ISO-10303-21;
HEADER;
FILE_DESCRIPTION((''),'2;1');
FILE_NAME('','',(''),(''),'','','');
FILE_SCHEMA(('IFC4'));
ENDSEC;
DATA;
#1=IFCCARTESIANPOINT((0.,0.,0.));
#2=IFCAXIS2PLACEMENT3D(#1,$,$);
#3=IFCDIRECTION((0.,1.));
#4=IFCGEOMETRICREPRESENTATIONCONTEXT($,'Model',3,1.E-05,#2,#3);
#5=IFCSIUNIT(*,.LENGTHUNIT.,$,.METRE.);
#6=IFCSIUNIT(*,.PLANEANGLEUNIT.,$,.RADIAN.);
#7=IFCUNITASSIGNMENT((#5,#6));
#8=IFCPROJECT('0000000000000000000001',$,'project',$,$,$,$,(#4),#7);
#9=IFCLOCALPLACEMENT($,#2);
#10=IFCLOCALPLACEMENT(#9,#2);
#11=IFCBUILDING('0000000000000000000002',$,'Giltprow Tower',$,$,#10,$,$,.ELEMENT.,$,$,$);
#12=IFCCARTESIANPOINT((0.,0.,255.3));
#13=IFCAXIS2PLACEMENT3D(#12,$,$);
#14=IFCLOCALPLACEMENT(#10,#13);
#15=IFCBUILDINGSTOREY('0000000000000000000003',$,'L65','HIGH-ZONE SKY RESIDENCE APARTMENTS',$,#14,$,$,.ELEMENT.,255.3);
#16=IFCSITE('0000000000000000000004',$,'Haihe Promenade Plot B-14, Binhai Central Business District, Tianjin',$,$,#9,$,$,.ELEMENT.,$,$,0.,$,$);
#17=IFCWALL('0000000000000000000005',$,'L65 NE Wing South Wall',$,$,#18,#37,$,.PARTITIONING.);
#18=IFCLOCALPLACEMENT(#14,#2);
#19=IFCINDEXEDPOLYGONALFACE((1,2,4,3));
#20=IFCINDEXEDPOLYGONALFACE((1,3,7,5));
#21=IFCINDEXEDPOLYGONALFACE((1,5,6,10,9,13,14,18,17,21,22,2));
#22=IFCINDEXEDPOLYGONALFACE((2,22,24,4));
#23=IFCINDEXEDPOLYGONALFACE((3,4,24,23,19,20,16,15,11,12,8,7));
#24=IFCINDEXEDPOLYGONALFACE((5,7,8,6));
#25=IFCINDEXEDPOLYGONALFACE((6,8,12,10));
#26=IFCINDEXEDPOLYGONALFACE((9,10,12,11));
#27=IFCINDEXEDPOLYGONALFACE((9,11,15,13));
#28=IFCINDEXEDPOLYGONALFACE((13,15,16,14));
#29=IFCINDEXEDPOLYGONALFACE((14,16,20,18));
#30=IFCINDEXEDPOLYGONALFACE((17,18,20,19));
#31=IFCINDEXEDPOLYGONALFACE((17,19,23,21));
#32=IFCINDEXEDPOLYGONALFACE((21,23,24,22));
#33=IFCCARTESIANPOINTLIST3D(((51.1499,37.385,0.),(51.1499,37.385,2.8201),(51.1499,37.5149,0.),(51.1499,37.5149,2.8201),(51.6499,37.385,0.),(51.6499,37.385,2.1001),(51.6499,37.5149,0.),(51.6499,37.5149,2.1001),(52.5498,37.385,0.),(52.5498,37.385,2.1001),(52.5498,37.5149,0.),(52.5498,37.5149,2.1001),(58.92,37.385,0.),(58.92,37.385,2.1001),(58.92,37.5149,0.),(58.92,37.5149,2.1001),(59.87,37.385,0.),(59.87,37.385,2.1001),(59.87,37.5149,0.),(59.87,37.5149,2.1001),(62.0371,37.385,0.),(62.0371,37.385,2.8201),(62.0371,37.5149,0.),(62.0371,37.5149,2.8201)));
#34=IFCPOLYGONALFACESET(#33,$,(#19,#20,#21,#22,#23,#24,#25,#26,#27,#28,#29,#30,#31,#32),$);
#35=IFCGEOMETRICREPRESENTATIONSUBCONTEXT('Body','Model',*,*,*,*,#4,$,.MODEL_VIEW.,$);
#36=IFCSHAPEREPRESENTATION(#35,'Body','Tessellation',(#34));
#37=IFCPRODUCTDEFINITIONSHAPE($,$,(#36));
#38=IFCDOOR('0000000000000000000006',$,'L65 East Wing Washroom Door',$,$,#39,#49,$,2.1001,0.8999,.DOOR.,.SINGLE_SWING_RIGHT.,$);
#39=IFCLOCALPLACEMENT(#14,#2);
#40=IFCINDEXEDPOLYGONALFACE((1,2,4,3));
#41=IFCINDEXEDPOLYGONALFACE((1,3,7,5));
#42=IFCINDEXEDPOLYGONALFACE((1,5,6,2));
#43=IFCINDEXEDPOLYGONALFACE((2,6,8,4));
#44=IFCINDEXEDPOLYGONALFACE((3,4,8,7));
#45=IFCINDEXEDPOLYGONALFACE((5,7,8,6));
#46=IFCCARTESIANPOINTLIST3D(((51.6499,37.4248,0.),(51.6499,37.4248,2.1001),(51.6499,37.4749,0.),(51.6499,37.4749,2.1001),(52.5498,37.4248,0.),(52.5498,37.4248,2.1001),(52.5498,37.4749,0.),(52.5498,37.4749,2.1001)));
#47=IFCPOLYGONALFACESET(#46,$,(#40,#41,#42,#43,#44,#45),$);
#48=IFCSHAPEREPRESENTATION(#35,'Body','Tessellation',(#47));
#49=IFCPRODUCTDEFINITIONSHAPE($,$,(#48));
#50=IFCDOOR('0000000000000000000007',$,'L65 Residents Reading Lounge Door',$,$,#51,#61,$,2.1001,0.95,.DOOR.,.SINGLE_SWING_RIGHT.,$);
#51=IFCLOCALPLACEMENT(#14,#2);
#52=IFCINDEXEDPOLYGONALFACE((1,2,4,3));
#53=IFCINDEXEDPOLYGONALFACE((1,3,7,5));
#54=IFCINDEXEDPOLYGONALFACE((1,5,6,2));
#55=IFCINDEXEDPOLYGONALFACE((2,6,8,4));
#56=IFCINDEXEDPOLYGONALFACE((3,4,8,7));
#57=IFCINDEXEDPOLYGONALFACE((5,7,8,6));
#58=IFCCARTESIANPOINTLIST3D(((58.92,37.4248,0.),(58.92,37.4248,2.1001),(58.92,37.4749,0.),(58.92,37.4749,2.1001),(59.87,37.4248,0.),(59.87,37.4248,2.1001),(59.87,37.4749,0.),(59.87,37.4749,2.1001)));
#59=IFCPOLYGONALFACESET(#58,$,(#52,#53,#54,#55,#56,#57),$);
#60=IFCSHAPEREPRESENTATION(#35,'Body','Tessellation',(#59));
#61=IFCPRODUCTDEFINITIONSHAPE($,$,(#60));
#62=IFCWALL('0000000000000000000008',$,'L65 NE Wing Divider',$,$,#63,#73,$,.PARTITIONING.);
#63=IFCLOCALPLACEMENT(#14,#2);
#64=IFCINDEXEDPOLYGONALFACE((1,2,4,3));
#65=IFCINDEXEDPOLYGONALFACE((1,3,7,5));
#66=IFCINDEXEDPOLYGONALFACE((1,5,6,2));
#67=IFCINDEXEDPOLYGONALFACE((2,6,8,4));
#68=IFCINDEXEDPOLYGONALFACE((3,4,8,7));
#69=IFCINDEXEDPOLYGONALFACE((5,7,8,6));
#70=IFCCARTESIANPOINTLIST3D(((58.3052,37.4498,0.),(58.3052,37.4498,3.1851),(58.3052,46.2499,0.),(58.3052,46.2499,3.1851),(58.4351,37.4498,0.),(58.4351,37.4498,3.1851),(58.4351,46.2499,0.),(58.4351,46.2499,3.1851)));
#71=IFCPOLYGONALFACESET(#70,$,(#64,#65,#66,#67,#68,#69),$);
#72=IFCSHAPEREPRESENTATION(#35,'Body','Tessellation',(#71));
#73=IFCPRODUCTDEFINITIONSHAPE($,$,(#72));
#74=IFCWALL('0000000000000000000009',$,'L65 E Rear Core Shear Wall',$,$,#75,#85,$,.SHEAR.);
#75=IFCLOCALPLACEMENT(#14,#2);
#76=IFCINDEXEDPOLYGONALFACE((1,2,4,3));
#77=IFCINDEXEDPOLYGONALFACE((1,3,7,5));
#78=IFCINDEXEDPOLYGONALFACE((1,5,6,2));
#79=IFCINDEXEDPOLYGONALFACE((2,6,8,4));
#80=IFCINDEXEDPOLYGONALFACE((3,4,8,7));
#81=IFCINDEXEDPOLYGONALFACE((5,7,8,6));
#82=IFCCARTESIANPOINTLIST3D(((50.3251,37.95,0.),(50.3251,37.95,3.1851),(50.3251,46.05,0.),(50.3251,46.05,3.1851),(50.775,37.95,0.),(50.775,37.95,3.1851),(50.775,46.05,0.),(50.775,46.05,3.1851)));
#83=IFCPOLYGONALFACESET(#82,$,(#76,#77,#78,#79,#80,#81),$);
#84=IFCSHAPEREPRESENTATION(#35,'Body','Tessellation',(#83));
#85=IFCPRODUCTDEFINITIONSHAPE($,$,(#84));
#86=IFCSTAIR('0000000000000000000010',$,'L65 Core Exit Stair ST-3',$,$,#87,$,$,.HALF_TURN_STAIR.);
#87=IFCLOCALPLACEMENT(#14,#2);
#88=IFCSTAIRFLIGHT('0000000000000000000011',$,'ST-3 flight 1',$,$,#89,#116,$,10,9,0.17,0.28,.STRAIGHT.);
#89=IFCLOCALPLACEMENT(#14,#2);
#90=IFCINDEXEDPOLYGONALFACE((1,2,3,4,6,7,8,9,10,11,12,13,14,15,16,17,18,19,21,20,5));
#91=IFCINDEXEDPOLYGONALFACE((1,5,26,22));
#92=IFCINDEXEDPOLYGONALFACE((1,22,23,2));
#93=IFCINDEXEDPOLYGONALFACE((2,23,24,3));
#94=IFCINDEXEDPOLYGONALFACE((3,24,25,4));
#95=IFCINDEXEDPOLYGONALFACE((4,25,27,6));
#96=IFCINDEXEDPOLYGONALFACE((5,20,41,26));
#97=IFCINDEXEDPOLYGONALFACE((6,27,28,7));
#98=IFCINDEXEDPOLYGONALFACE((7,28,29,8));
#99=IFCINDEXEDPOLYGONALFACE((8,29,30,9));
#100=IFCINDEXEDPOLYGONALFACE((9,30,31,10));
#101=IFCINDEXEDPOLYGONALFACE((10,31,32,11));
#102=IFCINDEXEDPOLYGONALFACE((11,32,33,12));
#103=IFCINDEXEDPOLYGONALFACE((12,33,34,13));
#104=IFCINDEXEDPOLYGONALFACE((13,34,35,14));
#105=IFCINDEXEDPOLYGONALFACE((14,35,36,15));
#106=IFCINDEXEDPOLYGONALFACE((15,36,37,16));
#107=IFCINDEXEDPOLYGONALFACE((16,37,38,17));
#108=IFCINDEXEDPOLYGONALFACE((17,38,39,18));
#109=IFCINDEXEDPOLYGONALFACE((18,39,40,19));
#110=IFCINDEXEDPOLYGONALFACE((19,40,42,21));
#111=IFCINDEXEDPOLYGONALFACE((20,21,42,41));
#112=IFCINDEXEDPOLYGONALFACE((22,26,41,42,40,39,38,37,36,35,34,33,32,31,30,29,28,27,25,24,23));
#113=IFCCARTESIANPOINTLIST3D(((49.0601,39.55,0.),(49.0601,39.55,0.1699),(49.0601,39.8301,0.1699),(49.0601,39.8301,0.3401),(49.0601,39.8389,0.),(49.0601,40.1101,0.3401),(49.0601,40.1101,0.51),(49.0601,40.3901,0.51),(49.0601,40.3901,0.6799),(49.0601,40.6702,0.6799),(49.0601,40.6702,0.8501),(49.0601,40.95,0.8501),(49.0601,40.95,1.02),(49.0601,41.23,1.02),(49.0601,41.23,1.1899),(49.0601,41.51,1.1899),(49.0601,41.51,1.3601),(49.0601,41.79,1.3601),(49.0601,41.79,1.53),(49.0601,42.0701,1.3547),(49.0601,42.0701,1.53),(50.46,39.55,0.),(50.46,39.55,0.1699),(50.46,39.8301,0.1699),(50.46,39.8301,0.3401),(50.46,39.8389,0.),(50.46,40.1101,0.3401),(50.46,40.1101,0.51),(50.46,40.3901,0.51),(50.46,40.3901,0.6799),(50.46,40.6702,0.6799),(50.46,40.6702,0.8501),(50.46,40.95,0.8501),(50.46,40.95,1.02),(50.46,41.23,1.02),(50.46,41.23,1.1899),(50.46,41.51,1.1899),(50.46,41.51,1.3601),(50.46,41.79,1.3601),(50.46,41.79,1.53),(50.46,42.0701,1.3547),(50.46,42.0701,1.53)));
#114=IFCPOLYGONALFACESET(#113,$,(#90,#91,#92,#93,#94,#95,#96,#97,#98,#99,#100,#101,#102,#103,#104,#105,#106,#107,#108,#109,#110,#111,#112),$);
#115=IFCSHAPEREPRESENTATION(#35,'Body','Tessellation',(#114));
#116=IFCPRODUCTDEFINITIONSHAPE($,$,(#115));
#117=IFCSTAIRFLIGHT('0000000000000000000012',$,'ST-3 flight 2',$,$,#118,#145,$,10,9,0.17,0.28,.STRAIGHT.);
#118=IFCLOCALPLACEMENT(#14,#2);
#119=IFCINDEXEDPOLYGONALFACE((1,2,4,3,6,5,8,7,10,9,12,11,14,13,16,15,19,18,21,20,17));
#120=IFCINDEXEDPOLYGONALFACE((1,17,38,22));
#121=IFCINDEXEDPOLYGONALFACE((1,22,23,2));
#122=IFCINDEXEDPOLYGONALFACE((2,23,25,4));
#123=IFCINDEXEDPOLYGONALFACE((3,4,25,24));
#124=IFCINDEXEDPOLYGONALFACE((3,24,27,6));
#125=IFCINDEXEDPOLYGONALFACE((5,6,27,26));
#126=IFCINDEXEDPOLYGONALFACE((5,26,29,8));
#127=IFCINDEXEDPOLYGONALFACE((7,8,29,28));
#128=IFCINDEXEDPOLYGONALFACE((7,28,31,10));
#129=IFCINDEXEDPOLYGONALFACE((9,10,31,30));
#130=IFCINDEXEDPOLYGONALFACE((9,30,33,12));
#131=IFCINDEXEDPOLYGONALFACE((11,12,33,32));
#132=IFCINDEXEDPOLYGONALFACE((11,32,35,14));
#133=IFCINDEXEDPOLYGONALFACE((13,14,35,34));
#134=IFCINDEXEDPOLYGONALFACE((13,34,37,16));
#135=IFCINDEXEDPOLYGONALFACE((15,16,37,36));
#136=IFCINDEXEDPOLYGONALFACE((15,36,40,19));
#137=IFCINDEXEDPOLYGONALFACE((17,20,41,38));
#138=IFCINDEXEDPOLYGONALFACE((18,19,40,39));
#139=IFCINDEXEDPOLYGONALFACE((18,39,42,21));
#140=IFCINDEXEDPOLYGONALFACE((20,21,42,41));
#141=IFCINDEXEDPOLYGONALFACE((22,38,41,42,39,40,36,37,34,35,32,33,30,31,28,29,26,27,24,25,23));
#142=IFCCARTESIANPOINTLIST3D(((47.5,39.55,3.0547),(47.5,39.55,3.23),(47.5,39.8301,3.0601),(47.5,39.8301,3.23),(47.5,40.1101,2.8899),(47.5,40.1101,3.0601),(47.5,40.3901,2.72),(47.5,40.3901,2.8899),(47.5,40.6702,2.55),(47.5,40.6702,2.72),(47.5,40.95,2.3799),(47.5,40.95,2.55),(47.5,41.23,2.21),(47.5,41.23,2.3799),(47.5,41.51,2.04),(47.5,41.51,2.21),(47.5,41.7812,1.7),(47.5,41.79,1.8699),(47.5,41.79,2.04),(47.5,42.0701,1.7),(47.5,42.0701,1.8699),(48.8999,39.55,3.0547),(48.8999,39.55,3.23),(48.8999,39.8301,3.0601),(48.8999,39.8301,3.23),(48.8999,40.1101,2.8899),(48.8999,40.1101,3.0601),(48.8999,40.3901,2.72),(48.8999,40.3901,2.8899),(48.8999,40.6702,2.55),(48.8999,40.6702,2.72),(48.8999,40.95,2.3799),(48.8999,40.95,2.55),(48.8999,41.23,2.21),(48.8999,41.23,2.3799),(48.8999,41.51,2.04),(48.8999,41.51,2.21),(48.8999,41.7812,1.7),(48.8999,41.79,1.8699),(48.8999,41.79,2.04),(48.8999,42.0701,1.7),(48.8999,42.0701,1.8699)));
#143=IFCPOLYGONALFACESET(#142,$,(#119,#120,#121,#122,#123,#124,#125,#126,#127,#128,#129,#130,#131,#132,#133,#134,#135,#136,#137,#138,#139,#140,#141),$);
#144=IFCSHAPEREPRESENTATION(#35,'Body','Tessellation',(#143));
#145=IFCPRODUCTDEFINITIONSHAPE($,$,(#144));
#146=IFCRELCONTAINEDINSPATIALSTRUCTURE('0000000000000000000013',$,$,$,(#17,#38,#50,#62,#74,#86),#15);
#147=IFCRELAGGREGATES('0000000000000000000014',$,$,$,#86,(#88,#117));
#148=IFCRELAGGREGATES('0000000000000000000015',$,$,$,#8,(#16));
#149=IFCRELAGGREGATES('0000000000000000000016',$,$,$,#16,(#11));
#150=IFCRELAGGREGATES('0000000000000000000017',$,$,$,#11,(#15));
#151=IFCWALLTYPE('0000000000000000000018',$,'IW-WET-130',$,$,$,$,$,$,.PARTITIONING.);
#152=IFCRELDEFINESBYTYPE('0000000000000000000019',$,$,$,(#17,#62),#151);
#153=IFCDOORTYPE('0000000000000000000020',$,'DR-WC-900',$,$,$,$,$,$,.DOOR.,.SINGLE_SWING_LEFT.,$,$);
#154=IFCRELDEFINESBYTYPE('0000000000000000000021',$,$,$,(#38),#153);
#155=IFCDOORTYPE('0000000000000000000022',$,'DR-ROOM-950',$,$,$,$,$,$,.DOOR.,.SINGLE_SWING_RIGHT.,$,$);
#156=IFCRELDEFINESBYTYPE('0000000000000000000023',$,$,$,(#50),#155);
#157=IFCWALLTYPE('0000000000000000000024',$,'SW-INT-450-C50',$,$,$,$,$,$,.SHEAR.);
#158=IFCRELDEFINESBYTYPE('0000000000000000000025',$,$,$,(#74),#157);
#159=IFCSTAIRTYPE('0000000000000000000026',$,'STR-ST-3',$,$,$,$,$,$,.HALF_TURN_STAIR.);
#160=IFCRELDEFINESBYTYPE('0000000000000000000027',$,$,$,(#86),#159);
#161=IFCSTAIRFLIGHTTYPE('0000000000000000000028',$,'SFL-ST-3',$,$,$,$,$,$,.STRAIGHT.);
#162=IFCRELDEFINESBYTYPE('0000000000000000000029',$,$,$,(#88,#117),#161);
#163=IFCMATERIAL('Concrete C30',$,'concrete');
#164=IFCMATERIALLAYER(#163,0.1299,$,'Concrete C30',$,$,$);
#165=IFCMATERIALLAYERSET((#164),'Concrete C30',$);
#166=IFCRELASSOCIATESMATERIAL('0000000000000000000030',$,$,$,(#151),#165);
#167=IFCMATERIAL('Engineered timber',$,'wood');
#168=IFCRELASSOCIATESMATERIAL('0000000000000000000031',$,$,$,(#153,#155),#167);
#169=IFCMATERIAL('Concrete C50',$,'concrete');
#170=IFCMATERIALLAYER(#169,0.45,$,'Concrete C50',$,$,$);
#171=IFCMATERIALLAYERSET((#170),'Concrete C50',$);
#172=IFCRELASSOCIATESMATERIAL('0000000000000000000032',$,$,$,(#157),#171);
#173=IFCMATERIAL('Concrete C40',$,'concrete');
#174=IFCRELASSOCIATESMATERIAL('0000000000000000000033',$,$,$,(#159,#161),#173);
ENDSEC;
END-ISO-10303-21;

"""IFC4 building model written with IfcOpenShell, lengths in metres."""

from ifc_helpers import new_model, si_unit, direction, frame, frame_2d, origin, place, context, subcontext, project, spatial, polyline, rectangle, outline, extrude, source, transform, mapped, material, layer, layer_set, type_object, element, fill, aggregate, save


model = new_model("IFC4")

# Units and contexts
model_context = context("Model", 3, precision=1e-05, world=origin(), true_north=direction((0.0, 1.0)))
body_context = subcontext(model_context, "Body", "Model", "MODEL_VIEW")
ifc_project = project(units=[si_unit("LENGTHUNIT", "METRE"), si_unit("PLANEANGLEUNIT", "RADIAN")], contexts=[model_context])

# Site, building, storey
site_placement = place(None, origin())
site = spatial("IfcSite", under=ifc_project, at=site_placement, Name="Haihe Promenade Plot B-14, Binhai Central Business District, Tianjin", CompositionType="ELEMENT", RefElevation=0.0)
building_placement = place(site_placement, origin())
building = spatial("IfcBuilding", under=site, at=building_placement, Name="Giltprow Tower", CompositionType="ELEMENT")
storey_placement = place(building_placement, frame((0.0, 0.0, 255.3)))
storey = spatial("IfcBuildingStorey", under=building, at=storey_placement, Name="L65", Description="HIGH-ZONE SKY RESIDENCE APARTMENTS", CompositionType="ELEMENT", Elevation=255.3)

# Shared definitions
ifc_material_1 = material(Name="Concrete C50", Category="concrete")

# Wall, openings, doors
ifc_material_2 = material(Name="Concrete C30", Category="concrete")
ifc_layer_1 = layer(ifc_material_2, 0.1299, Name="Concrete C30")
ifc_layer_set_1 = layer_set([ifc_layer_1], Name="Concrete C30")
wall_type_1 = type_object("IfcWallType", Name="IW-WET-130", PredefinedType="PARTITIONING", material=ifc_layer_set_1)
wall_1_placement = place(storey_placement, frame((51.1499, 37.45, 0.0), z_axis=(0.0, 0.0, 1.0), x_axis=(1.0, 0.0, 0.0)))
wall_1 = element("IfcWall", 1, at=wall_1_placement, inside=storey, type_object=wall_type_1, Name="L65 NE Wing South Wall", PredefinedType="PARTITIONING", context=body_context, shape_type="SweptSolid", body=[
    extrude(rectangle(XDim=10.8872, YDim=0.1299, at=frame_2d((5.4436, 0.0))), origin(), (0.0, 0.0, 1.0), 2.8201),
])
opening_1_placement = place(wall_1_placement, frame((0.5, 0.0, 0.0)))
opening_1 = element("IfcOpeningElement", 2, at=opening_1_placement, cuts=wall_1, PredefinedType="OPENING", context=body_context, shape_type="SweptSolid", body=[
    extrude(rectangle(XDim=0.8999, YDim=2.1001, at=frame_2d((0.45, 1.05))), frame((0.0, 0.075, 0.0), z_axis=(0.0, -1.0, 0.0), x_axis=(1.0, 0.0, 0.0)), (0.0, 0.0, 1.0), 0.1499),
])
opening_2_placement = place(wall_1_placement, frame((7.77, 0.0, 0.0)))
opening_2 = element("IfcOpeningElement", 3, at=opening_2_placement, cuts=wall_1, PredefinedType="OPENING", context=body_context, shape_type="SweptSolid", body=[
    extrude(rectangle(XDim=0.95, YDim=2.1001, at=frame_2d((0.4751, 1.05))), frame((0.0, 0.075, 0.0), z_axis=(0.0, -1.0, 0.0), x_axis=(1.0, 0.0, 0.0)), (0.0, 0.0, 1.0), 0.1499),
])
ifc_material_3 = material(Name="Engineered timber", Category="wood")
door_type_1 = type_object("IfcDoorType", Name="DR-WC-900", OperationType="SINGLE_SWING_LEFT", PredefinedType="DOOR", material=ifc_material_3)
shared_shape_1 = source(origin(), body_context, "Body", "SweptSolid", [
    extrude(rectangle(XDim=0.8999, YDim=2.1001, at=frame_2d((0.45, 1.05))), frame((0.0, 0.0249, 0.0), z_axis=(0.0, -1.0, 0.0), x_axis=(1.0, 0.0, 0.0)), (0.0, 0.0, 1.0), 0.05),
])
door_1_placement = place(opening_1_placement, origin())
door_1 = element("IfcDoor", 4, at=door_1_placement, inside=storey, type_object=door_type_1, Name="L65 East Wing Washroom Door", OperationType="SINGLE_SWING_RIGHT", OverallHeight=2.1001, OverallWidth=0.8999, PredefinedType="DOOR", context=body_context, shape_type="MappedRepresentation", body=[
    mapped(shared_shape_1, transform((0.0, 0.0, 0.0), x_axis=(1.0, 0.0, 0.0), y_axis=(0.0, 1.0, 0.0), z_axis=(0.0, 0.0, 1.0), scale=1.0)),
])
fill(opening_1, door_1)
door_type_2 = type_object("IfcDoorType", Name="DR-ROOM-950", OperationType="SINGLE_SWING_RIGHT", PredefinedType="DOOR", material=ifc_material_3)
shared_shape_2 = source(origin(), body_context, "Body", "SweptSolid", [
    extrude(rectangle(XDim=0.95, YDim=2.1001, at=frame_2d((0.4751, 1.05))), frame((0.0, 0.0249, 0.0), z_axis=(0.0, -1.0, 0.0), x_axis=(1.0, 0.0, 0.0)), (0.0, 0.0, 1.0), 0.05),
])
door_2_placement = place(opening_2_placement, origin())
door_2 = element("IfcDoor", 5, at=door_2_placement, inside=storey, type_object=door_type_2, Name="L65 Residents Reading Lounge Door", OperationType="SINGLE_SWING_RIGHT", OverallHeight=2.1001, OverallWidth=0.95, PredefinedType="DOOR", context=body_context, shape_type="MappedRepresentation", body=[
    mapped(shared_shape_2, transform((0.0, 0.0, 0.0), x_axis=(1.0, 0.0, 0.0), y_axis=(0.0, 1.0, 0.0), z_axis=(0.0, 0.0, 1.0), scale=1.0)),
])
fill(opening_2, door_2)

# Walls
wall_2_placement = place(storey_placement, frame((58.3701, 37.45, 0.0), z_axis=(0.0, 0.0, 1.0), x_axis=(0.0, 1.0, 0.0)))
element("IfcWall", 6, at=wall_2_placement, inside=storey, type_object=wall_type_1, Name="L65 NE Wing Divider", PredefinedType="PARTITIONING", context=body_context, shape_type="SweptSolid", body=[
    extrude(rectangle(XDim=8.8, YDim=0.1299, at=frame_2d((4.3999, 0.0))), origin(), (0.0, 0.0, 1.0), 3.1851),
])
ifc_layer_2 = layer(ifc_material_1, 0.45, Name="Concrete C50")
ifc_layer_set_2 = layer_set([ifc_layer_2], Name="Concrete C50")
wall_type_2 = type_object("IfcWallType", Name="SW-INT-450-C50", PredefinedType="SHEAR", material=ifc_layer_set_2)
wall_3_placement = place(storey_placement, frame((50.55, 37.95, 0.0), z_axis=(0.0, 0.0, 1.0), x_axis=(0.0, 1.0, 0.0)))
element("IfcWall", 7, at=wall_3_placement, inside=storey, type_object=wall_type_2, Name="L65 E Rear Core Shear Wall", PredefinedType="SHEAR", context=body_context, shape_type="SweptSolid", body=[
    extrude(rectangle(XDim=8.1001, YDim=0.45, at=frame_2d((4.05, 0.0))), origin(), (0.0, 0.0, 1.0), 3.1851),
])

# Stair, stair flights
ifc_material_4 = material(Name="Concrete C40", Category="concrete")
stair_type = type_object("IfcStairType", Name="STR-ST-3", PredefinedType="HALF_TURN_STAIR", material=ifc_material_4)
stair_placement = place(storey_placement, origin())
stair = element("IfcStair", 8, at=stair_placement, inside=storey, type_object=stair_type, Name="L65 Core Exit Stair ST-3", PredefinedType="HALF_TURN_STAIR")
stair_flight_type = type_object("IfcStairFlightType", Name="SFL-ST-3", PredefinedType="STRAIGHT", material=ifc_material_4)
stair_flight_1_placement = place(storey_placement, frame((49.76, 39.55, 0.0), z_axis=(0.0, 0.0, 1.0), x_axis=(0.0, 1.0, 0.0)))
stair_flight_1 = element("IfcStairFlight", 9, at=stair_flight_1_placement, type_object=stair_flight_type, Name="ST-3 flight 1", NumberOfRisers=10, NumberOfTreads=9, PredefinedType="STRAIGHT", RiserHeight=0.17, TreadLength=0.28, context=body_context, shape_type="SweptSolid", body=[
    extrude(outline(polyline([(0.0, 0.0), (0.0, 0.1699), (0.28, 0.1699), (0.28, 0.3401), (0.5601, 0.3401), (0.5601, 0.51), (0.8401, 0.51), (0.8401, 0.6799), (1.1201, 0.6799), (1.1201, 0.8501), (1.3999, 0.8501), (1.3999, 1.02), (1.6799, 1.02), (1.6799, 1.1899), (1.96, 1.1899), (1.96, 1.3601), (2.24, 1.3601), (2.24, 1.53), (2.52, 1.53), (2.52, 1.7), (2.52, 1.3547), (0.2888, 0.0), (0.0, 0.0)])), frame((0.0, 0.7, 0.0), z_axis=(0.0, -1.0, 0.0), x_axis=(1.0, 0.0, 0.0)), (0.0, 0.0, 1.0), 1.3999),
])
stair_flight_2_placement = place(storey_placement, frame((48.2, 42.0701, 1.7), z_axis=(0.0, 0.0, 1.0), x_axis=(0.0, -1.0, 0.0)))
stair_flight_2 = element("IfcStairFlight", 10, at=stair_flight_2_placement, type_object=stair_flight_type, Name="ST-3 flight 2", NumberOfRisers=10, NumberOfTreads=9, PredefinedType="STRAIGHT", RiserHeight=0.17, TreadLength=0.28, context=body_context, shape_type="SweptSolid", body=[
    extrude(outline(polyline([(0.0, 0.0), (0.0, 0.1699), (0.28, 0.1699), (0.28, 0.3401), (0.5601, 0.3401), (0.5601, 0.51), (0.8401, 0.51), (0.8401, 0.6799), (1.1201, 0.6799), (1.1201, 0.8501), (1.3999, 0.8501), (1.3999, 1.02), (1.6799, 1.02), (1.6799, 1.1899), (1.96, 1.1899), (1.96, 1.3601), (2.24, 1.3601), (2.24, 1.53), (2.52, 1.53), (2.52, 1.7), (2.52, 1.3547), (0.2888, 0.0), (0.0, 0.0)])), frame((0.0, 0.7, 0.0), z_axis=(0.0, -1.0, 0.0), x_axis=(1.0, 0.0, 0.0)), (0.0, 0.0, 1.0), 1.3999),
])
aggregate(stair, [stair_flight_1, stair_flight_2])

save(model, "model.ifc")
